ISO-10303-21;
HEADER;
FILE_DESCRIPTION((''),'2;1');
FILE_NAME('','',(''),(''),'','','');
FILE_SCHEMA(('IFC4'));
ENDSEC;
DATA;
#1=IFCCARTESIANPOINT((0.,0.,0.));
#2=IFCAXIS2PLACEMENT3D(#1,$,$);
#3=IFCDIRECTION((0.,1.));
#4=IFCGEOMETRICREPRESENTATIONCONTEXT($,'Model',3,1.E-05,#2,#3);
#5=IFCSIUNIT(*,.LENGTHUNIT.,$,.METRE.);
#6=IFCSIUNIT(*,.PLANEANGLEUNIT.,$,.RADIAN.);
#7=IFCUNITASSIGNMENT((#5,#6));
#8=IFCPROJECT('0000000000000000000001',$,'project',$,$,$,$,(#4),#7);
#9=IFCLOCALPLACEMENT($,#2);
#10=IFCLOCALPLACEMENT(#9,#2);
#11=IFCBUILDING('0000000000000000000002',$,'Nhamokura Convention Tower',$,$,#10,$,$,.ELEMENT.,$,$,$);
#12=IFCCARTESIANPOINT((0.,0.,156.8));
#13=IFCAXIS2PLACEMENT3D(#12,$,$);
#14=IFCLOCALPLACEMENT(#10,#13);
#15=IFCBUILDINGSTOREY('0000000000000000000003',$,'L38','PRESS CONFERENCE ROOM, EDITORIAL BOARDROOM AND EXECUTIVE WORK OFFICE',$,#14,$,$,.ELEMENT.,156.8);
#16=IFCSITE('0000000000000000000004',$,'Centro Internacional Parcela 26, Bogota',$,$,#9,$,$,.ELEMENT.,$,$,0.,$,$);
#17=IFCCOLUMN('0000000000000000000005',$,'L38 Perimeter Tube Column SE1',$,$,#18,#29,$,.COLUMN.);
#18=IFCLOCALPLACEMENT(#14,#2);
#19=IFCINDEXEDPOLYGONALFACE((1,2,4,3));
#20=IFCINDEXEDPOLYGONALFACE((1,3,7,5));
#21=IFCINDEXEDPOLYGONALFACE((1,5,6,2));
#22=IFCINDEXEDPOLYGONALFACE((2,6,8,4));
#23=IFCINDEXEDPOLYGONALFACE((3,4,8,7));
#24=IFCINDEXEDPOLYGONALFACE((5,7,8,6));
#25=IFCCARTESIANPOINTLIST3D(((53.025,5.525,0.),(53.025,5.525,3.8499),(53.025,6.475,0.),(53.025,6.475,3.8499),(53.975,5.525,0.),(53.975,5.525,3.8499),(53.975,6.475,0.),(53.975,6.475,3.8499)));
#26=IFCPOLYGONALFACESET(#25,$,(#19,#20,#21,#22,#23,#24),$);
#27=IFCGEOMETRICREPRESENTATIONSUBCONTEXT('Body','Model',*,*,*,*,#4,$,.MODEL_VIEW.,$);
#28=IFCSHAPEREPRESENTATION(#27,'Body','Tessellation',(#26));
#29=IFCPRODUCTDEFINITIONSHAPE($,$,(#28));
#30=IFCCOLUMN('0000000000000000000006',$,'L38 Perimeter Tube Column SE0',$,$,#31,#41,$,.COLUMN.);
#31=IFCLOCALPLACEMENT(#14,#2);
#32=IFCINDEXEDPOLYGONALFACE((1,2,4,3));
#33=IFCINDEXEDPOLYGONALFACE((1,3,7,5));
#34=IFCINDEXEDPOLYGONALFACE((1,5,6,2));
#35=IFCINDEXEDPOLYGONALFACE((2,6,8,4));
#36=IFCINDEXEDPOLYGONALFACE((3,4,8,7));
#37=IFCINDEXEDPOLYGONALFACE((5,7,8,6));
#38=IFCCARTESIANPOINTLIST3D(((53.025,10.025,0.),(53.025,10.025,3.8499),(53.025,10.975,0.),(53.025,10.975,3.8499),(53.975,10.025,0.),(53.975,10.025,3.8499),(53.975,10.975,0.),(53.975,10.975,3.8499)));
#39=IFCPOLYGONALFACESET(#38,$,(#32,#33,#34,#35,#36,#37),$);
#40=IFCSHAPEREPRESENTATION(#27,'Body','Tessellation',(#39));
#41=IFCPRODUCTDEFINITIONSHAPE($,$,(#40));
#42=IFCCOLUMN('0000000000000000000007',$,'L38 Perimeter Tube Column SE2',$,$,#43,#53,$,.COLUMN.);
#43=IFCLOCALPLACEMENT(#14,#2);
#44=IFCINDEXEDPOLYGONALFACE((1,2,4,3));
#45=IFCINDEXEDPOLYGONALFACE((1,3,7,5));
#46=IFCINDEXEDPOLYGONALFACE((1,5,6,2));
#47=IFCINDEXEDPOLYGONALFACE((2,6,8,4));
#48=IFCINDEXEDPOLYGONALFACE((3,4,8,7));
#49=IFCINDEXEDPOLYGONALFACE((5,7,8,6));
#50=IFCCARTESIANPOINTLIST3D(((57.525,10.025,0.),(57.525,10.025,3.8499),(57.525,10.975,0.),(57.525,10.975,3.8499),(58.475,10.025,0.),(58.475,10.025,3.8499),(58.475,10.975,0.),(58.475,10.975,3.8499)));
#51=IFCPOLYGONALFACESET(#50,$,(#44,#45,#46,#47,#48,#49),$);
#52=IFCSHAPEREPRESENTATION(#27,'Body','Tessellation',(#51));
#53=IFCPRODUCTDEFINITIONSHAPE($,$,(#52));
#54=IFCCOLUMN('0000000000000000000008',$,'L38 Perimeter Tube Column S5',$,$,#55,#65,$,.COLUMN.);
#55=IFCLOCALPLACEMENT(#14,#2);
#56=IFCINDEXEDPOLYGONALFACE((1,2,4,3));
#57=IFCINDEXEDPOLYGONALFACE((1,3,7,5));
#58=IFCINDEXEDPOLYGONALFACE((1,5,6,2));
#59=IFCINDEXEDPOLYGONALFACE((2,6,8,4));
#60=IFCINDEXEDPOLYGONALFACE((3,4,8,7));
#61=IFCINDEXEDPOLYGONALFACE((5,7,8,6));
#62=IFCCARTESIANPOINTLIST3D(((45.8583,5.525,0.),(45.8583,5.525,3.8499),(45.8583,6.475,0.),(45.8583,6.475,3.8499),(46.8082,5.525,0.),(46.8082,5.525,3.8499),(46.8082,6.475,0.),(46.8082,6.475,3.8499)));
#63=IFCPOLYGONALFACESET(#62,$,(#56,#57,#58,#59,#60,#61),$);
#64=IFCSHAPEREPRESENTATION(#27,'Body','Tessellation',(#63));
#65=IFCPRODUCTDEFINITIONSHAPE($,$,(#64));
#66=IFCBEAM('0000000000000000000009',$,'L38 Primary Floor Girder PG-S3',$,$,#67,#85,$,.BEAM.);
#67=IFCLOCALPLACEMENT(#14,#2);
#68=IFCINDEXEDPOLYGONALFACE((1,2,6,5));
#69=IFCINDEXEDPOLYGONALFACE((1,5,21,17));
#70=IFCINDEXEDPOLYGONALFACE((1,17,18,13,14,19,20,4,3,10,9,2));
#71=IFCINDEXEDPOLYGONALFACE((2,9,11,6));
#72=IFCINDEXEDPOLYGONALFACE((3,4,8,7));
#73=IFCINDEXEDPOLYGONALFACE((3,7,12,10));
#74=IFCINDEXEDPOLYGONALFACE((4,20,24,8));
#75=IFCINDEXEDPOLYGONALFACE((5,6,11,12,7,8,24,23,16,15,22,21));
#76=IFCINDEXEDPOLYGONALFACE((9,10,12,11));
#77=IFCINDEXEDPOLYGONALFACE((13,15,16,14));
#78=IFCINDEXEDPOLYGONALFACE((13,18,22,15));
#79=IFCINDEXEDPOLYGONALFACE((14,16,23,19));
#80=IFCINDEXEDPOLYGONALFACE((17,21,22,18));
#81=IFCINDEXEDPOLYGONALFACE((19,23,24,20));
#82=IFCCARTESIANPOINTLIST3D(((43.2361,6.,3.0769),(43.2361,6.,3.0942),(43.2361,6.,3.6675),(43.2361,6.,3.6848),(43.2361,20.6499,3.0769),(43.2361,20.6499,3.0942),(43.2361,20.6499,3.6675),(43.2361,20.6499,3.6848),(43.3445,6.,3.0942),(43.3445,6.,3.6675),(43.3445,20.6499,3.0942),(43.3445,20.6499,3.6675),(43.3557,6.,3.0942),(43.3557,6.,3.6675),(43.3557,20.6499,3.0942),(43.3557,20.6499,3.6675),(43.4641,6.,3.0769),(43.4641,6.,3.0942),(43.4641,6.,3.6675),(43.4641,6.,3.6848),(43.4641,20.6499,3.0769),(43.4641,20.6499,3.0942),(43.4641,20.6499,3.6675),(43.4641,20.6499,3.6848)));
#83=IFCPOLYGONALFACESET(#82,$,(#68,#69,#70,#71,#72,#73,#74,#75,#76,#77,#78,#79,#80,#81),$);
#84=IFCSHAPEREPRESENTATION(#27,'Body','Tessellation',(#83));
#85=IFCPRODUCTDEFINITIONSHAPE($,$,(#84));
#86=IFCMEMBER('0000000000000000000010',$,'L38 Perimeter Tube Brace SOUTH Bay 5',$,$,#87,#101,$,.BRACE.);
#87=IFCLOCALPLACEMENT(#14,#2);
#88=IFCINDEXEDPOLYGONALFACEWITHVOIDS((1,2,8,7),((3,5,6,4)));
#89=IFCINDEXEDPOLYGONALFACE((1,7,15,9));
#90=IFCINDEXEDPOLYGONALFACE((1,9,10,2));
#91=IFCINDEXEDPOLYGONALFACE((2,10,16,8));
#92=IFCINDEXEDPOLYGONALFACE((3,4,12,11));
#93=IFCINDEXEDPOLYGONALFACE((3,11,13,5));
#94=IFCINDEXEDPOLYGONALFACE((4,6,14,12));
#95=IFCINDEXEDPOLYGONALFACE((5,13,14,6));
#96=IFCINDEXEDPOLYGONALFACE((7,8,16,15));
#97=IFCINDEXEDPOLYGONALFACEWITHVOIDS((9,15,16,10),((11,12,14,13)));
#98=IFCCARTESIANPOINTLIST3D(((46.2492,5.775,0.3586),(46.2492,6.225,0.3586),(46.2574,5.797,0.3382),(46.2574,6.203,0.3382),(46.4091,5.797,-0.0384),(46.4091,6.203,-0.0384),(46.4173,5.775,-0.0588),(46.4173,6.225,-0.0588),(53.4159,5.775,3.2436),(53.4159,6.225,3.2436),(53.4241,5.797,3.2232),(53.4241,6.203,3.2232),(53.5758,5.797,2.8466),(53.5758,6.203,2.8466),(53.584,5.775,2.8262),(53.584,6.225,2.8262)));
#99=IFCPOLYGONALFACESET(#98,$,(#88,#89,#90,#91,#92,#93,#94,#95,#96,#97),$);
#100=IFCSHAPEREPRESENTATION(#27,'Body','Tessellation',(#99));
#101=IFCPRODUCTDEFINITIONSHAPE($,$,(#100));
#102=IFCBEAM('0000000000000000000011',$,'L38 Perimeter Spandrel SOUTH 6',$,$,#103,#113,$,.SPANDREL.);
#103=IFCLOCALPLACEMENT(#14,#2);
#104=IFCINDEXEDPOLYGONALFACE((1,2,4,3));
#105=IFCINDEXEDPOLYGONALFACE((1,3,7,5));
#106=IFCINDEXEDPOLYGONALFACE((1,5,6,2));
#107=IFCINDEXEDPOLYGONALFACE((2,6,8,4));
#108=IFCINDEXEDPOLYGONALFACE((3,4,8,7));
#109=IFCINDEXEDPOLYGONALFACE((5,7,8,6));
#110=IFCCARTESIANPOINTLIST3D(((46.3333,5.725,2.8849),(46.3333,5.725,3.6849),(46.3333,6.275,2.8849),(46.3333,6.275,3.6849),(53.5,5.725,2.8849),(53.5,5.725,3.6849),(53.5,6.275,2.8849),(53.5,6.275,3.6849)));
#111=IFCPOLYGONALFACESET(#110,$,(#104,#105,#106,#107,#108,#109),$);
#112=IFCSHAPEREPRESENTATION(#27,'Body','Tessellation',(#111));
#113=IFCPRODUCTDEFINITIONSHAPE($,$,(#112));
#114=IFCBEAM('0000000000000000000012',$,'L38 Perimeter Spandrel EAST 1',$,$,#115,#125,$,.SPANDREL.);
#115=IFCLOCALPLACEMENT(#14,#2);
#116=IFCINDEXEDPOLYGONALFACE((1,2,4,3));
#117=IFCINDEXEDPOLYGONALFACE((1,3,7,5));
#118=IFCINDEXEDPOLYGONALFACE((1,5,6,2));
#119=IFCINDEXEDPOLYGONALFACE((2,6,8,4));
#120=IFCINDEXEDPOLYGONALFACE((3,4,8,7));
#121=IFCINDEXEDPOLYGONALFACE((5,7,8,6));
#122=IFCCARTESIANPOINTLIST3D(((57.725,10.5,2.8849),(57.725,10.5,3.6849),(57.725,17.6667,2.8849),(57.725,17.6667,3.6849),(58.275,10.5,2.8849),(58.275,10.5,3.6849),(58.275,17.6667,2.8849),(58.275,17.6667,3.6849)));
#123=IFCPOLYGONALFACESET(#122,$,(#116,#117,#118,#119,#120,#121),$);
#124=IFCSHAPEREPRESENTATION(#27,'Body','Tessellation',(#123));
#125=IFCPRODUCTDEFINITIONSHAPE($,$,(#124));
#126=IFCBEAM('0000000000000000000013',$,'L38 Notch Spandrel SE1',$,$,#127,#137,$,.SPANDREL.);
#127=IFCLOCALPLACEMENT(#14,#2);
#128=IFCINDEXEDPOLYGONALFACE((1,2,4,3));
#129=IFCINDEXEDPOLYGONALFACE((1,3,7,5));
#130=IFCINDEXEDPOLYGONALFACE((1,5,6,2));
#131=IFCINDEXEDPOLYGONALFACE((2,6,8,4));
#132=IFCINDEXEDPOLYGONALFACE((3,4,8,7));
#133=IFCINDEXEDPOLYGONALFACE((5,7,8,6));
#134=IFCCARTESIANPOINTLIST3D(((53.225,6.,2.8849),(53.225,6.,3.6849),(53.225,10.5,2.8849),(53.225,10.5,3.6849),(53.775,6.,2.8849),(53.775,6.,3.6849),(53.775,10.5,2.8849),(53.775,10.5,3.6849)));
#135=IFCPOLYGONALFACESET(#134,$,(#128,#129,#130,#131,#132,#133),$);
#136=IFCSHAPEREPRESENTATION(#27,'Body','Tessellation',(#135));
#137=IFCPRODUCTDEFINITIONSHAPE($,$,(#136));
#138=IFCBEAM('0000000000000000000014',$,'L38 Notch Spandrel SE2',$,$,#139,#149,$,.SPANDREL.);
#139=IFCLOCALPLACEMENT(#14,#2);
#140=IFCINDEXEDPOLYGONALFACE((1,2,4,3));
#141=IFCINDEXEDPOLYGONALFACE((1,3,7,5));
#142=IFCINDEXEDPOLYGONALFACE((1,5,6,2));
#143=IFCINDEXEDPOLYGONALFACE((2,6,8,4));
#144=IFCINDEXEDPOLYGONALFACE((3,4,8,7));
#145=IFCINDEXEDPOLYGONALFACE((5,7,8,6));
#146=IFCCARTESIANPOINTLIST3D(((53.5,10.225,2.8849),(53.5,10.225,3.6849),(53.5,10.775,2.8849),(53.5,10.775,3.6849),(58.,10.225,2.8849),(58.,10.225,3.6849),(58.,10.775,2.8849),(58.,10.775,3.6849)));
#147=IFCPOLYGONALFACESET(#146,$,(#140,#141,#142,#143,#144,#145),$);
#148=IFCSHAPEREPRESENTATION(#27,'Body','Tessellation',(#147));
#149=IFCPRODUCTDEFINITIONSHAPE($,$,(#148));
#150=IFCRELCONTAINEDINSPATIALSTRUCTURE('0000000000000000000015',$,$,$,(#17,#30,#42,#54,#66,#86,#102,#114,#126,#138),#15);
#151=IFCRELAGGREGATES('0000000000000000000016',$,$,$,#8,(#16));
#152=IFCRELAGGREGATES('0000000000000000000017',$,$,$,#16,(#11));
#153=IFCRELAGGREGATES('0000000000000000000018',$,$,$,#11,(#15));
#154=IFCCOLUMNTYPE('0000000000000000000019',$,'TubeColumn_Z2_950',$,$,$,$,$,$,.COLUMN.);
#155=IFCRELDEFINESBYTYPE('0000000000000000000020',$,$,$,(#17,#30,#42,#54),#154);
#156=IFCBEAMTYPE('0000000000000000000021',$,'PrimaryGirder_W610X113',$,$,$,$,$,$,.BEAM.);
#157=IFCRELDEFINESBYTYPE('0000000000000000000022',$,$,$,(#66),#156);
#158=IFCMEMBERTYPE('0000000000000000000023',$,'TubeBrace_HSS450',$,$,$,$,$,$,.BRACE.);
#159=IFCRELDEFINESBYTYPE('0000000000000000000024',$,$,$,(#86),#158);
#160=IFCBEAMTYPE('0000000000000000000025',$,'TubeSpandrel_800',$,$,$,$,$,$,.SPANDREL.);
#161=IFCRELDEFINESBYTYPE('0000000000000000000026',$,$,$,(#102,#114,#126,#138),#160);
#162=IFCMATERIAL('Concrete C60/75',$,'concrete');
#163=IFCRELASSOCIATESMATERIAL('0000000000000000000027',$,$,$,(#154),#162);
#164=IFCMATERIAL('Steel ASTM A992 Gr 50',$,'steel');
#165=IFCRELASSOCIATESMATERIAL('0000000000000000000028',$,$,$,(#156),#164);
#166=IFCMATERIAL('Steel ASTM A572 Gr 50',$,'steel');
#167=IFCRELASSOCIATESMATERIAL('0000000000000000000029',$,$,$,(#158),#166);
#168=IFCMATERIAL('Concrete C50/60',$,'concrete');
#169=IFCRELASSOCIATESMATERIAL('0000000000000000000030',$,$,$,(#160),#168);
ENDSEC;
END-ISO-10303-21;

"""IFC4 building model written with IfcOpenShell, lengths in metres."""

from ifc_helpers import new_model, si_unit, direction, frame, origin, origin_2d, place, context, subcontext, project, spatial, rectangle, hollow_rectangle, i_section, extrude, material, material_profile, profile_set, type_object, element, save


model = new_model("IFC4")

# Units and contexts
model_context = context("Model", 3, precision=1e-05, world=origin(), true_north=direction((0.0, 1.0)))
body_context = subcontext(model_context, "Body", "Model", "MODEL_VIEW")
ifc_project = project(units=[si_unit("LENGTHUNIT", "METRE"), si_unit("PLANEANGLEUNIT", "RADIAN")], contexts=[model_context])

# Site, building, storey
site_placement = place(None, origin())
site = spatial("IfcSite", under=ifc_project, at=site_placement, Name="Centro Internacional Parcela 26, Bogota", CompositionType="ELEMENT", RefElevation=0.0)
building_placement = place(site_placement, origin())
building = spatial("IfcBuilding", under=site, at=building_placement, Name="Nhamokura Convention Tower", CompositionType="ELEMENT")
storey_placement = place(building_placement, frame((0.0, 0.0, 156.8)))
storey = spatial("IfcBuildingStorey", under=building, at=storey_placement, Name="L38", Description="PRESS CONFERENCE ROOM, EDITORIAL BOARDROOM AND EXECUTIVE WORK OFFICE", CompositionType="ELEMENT", Elevation=156.8)

# Columns
ifc_material_1 = material(Name="Concrete C60/75", Category="concrete")
ifc_material_profile_1 = material_profile(ifc_material_1, rectangle(XDim=0.95, YDim=0.95, at=origin_2d()))
ifc_profile_set_1 = profile_set([ifc_material_profile_1], Name="Concrete C60/75")
column_type = type_object("IfcColumnType", Name="TubeColumn_Z2_950", PredefinedType="COLUMN", material=ifc_profile_set_1)
for number, where, z_axis, x_axis, name in (
    (1, (53.5, 6.0, 0.0), (0.0, 0.0, 1.0), (1.0, 0.0, 0.0), "L38 Perimeter Tube Column SE1"),
    (2, (53.5, 10.5, 0.0), (0.0, 0.0, 1.0), (1.0, 0.0, 0.0), "L38 Perimeter Tube Column SE0"),
    (3, (58.0, 10.5, 0.0), (0.0, 0.0, 1.0), (1.0, 0.0, 0.0), "L38 Perimeter Tube Column SE2"),
    (4, (46.3333, 6.0, 0.0), (0.0, 0.0, 1.0), (1.0, 0.0, 0.0), "L38 Perimeter Tube Column S5"),
):
    element("IfcColumn", number, at=place(storey_placement, frame(where, z_axis=z_axis, x_axis=x_axis)), inside=storey, type_object=column_type, Name=name, PredefinedType="COLUMN", context=body_context, shape_type="SweptSolid", body=[
        extrude(rectangle(XDim=0.95, YDim=0.95, at=origin_2d()), origin(), (0.0, 0.0, 1.0), 3.8499),
    ])

# Beam
ifc_material_2 = material(Name="Steel ASTM A992 Gr 50", Category="steel")
ifc_material_profile_2 = material_profile(ifc_material_2, i_section(OverallWidth=0.228, OverallDepth=0.6079, WebThickness=0.0112, FlangeThickness=0.0173, at=origin_2d()))
ifc_profile_set_2 = profile_set([ifc_material_profile_2], Name="Steel ASTM A992 Gr 50")
beam_type_1 = type_object("IfcBeamType", Name="PrimaryGirder_W610X113", PredefinedType="BEAM", material=ifc_profile_set_2)
beam_placement = place(storey_placement, frame((43.3501, 6.0, 3.3809), z_axis=(0.0, 1.0, 0.0), x_axis=(-1.0, 0.0, 0.0)))
element("IfcBeam", 5, at=beam_placement, inside=storey, type_object=beam_type_1, Name="L38 Primary Floor Girder PG-S3", PredefinedType="BEAM", context=body_context, shape_type="SweptSolid", body=[
    extrude(i_section(OverallWidth=0.228, OverallDepth=0.6079, WebThickness=0.0112, FlangeThickness=0.0173, at=origin_2d()), origin(), (0.0, 0.0, 1.0), 14.6499),
])

# Member
ifc_material_3 = material(Name="Steel ASTM A572 Gr 50", Category="steel")
ifc_material_profile_3 = material_profile(ifc_material_3, hollow_rectangle(XDim=0.45, YDim=0.45, WallThickness=0.022, at=origin_2d()))
ifc_profile_set_3 = profile_set([ifc_material_profile_3], Name="Steel ASTM A572 Gr 50")
member_type = type_object("IfcMemberType", Name="TubeBrace_HSS450", PredefinedType="BRACE", material=ifc_profile_set_3)
member_placement = place(storey_placement, frame((46.3333, 6.0, 0.1499), z_axis=(0.927657, 0.0, 0.373433), x_axis=(0.0, 1.0, 0.0)))
element("IfcMember", 6, at=member_placement, inside=storey, type_object=member_type, Name="L38 Perimeter Tube Brace SOUTH Bay 5", PredefinedType="BRACE", context=body_context, shape_type="SweptSolid", body=[
    extrude(hollow_rectangle(XDim=0.45, YDim=0.45, WallThickness=0.022, at=origin_2d()), origin(), (0.0, 0.0, 1.0), 7.7256),
])

# Beams
ifc_material_4 = material(Name="Concrete C50/60", Category="concrete")
ifc_material_profile_4 = material_profile(ifc_material_4, rectangle(XDim=0.55, YDim=0.8, at=origin_2d()))
ifc_profile_set_4 = profile_set([ifc_material_profile_4], Name="Concrete C50/60")
beam_type_2 = type_object("IfcBeamType", Name="TubeSpandrel_800", PredefinedType="SPANDREL", material=ifc_profile_set_4)
for number, where, z_axis, x_axis, name in (
    (7, (46.3333, 6.0, 3.2849), (1.0, 0.0, 0.0), (0.0, 1.0, 0.0), "L38 Perimeter Spandrel SOUTH 6"),
    (8, (58.0, 10.5, 3.2849), (0.0, 1.0, 0.0), (-1.0, 0.0, 0.0), "L38 Perimeter Spandrel EAST 1"),
):
    element("IfcBeam", number, at=place(storey_placement, frame(where, z_axis=z_axis, x_axis=x_axis)), inside=storey, type_object=beam_type_2, Name=name, PredefinedType="SPANDREL", context=body_context, shape_type="SweptSolid", body=[
        extrude(rectangle(XDim=0.55, YDim=0.8, at=origin_2d()), origin(), (0.0, 0.0, 1.0), 7.1667),
    ])
for number, where, z_axis, x_axis, name in (
    (9, (53.5, 6.0, 3.2849), (0.0, 1.0, 0.0), (-1.0, 0.0, 0.0), "L38 Notch Spandrel SE1"),
    (10, (53.5, 10.5, 3.2849), (1.0, 0.0, 0.0), (0.0, 1.0, 0.0), "L38 Notch Spandrel SE2"),
):
    element("IfcBeam", number, at=place(storey_placement, frame(where, z_axis=z_axis, x_axis=x_axis)), inside=storey, type_object=beam_type_2, Name=name, PredefinedType="SPANDREL", context=body_context, shape_type="SweptSolid", body=[
        extrude(rectangle(XDim=0.55, YDim=0.8, at=origin_2d()), origin(), (0.0, 0.0, 1.0), 4.5),
    ])

save(model, "model.ifc")
